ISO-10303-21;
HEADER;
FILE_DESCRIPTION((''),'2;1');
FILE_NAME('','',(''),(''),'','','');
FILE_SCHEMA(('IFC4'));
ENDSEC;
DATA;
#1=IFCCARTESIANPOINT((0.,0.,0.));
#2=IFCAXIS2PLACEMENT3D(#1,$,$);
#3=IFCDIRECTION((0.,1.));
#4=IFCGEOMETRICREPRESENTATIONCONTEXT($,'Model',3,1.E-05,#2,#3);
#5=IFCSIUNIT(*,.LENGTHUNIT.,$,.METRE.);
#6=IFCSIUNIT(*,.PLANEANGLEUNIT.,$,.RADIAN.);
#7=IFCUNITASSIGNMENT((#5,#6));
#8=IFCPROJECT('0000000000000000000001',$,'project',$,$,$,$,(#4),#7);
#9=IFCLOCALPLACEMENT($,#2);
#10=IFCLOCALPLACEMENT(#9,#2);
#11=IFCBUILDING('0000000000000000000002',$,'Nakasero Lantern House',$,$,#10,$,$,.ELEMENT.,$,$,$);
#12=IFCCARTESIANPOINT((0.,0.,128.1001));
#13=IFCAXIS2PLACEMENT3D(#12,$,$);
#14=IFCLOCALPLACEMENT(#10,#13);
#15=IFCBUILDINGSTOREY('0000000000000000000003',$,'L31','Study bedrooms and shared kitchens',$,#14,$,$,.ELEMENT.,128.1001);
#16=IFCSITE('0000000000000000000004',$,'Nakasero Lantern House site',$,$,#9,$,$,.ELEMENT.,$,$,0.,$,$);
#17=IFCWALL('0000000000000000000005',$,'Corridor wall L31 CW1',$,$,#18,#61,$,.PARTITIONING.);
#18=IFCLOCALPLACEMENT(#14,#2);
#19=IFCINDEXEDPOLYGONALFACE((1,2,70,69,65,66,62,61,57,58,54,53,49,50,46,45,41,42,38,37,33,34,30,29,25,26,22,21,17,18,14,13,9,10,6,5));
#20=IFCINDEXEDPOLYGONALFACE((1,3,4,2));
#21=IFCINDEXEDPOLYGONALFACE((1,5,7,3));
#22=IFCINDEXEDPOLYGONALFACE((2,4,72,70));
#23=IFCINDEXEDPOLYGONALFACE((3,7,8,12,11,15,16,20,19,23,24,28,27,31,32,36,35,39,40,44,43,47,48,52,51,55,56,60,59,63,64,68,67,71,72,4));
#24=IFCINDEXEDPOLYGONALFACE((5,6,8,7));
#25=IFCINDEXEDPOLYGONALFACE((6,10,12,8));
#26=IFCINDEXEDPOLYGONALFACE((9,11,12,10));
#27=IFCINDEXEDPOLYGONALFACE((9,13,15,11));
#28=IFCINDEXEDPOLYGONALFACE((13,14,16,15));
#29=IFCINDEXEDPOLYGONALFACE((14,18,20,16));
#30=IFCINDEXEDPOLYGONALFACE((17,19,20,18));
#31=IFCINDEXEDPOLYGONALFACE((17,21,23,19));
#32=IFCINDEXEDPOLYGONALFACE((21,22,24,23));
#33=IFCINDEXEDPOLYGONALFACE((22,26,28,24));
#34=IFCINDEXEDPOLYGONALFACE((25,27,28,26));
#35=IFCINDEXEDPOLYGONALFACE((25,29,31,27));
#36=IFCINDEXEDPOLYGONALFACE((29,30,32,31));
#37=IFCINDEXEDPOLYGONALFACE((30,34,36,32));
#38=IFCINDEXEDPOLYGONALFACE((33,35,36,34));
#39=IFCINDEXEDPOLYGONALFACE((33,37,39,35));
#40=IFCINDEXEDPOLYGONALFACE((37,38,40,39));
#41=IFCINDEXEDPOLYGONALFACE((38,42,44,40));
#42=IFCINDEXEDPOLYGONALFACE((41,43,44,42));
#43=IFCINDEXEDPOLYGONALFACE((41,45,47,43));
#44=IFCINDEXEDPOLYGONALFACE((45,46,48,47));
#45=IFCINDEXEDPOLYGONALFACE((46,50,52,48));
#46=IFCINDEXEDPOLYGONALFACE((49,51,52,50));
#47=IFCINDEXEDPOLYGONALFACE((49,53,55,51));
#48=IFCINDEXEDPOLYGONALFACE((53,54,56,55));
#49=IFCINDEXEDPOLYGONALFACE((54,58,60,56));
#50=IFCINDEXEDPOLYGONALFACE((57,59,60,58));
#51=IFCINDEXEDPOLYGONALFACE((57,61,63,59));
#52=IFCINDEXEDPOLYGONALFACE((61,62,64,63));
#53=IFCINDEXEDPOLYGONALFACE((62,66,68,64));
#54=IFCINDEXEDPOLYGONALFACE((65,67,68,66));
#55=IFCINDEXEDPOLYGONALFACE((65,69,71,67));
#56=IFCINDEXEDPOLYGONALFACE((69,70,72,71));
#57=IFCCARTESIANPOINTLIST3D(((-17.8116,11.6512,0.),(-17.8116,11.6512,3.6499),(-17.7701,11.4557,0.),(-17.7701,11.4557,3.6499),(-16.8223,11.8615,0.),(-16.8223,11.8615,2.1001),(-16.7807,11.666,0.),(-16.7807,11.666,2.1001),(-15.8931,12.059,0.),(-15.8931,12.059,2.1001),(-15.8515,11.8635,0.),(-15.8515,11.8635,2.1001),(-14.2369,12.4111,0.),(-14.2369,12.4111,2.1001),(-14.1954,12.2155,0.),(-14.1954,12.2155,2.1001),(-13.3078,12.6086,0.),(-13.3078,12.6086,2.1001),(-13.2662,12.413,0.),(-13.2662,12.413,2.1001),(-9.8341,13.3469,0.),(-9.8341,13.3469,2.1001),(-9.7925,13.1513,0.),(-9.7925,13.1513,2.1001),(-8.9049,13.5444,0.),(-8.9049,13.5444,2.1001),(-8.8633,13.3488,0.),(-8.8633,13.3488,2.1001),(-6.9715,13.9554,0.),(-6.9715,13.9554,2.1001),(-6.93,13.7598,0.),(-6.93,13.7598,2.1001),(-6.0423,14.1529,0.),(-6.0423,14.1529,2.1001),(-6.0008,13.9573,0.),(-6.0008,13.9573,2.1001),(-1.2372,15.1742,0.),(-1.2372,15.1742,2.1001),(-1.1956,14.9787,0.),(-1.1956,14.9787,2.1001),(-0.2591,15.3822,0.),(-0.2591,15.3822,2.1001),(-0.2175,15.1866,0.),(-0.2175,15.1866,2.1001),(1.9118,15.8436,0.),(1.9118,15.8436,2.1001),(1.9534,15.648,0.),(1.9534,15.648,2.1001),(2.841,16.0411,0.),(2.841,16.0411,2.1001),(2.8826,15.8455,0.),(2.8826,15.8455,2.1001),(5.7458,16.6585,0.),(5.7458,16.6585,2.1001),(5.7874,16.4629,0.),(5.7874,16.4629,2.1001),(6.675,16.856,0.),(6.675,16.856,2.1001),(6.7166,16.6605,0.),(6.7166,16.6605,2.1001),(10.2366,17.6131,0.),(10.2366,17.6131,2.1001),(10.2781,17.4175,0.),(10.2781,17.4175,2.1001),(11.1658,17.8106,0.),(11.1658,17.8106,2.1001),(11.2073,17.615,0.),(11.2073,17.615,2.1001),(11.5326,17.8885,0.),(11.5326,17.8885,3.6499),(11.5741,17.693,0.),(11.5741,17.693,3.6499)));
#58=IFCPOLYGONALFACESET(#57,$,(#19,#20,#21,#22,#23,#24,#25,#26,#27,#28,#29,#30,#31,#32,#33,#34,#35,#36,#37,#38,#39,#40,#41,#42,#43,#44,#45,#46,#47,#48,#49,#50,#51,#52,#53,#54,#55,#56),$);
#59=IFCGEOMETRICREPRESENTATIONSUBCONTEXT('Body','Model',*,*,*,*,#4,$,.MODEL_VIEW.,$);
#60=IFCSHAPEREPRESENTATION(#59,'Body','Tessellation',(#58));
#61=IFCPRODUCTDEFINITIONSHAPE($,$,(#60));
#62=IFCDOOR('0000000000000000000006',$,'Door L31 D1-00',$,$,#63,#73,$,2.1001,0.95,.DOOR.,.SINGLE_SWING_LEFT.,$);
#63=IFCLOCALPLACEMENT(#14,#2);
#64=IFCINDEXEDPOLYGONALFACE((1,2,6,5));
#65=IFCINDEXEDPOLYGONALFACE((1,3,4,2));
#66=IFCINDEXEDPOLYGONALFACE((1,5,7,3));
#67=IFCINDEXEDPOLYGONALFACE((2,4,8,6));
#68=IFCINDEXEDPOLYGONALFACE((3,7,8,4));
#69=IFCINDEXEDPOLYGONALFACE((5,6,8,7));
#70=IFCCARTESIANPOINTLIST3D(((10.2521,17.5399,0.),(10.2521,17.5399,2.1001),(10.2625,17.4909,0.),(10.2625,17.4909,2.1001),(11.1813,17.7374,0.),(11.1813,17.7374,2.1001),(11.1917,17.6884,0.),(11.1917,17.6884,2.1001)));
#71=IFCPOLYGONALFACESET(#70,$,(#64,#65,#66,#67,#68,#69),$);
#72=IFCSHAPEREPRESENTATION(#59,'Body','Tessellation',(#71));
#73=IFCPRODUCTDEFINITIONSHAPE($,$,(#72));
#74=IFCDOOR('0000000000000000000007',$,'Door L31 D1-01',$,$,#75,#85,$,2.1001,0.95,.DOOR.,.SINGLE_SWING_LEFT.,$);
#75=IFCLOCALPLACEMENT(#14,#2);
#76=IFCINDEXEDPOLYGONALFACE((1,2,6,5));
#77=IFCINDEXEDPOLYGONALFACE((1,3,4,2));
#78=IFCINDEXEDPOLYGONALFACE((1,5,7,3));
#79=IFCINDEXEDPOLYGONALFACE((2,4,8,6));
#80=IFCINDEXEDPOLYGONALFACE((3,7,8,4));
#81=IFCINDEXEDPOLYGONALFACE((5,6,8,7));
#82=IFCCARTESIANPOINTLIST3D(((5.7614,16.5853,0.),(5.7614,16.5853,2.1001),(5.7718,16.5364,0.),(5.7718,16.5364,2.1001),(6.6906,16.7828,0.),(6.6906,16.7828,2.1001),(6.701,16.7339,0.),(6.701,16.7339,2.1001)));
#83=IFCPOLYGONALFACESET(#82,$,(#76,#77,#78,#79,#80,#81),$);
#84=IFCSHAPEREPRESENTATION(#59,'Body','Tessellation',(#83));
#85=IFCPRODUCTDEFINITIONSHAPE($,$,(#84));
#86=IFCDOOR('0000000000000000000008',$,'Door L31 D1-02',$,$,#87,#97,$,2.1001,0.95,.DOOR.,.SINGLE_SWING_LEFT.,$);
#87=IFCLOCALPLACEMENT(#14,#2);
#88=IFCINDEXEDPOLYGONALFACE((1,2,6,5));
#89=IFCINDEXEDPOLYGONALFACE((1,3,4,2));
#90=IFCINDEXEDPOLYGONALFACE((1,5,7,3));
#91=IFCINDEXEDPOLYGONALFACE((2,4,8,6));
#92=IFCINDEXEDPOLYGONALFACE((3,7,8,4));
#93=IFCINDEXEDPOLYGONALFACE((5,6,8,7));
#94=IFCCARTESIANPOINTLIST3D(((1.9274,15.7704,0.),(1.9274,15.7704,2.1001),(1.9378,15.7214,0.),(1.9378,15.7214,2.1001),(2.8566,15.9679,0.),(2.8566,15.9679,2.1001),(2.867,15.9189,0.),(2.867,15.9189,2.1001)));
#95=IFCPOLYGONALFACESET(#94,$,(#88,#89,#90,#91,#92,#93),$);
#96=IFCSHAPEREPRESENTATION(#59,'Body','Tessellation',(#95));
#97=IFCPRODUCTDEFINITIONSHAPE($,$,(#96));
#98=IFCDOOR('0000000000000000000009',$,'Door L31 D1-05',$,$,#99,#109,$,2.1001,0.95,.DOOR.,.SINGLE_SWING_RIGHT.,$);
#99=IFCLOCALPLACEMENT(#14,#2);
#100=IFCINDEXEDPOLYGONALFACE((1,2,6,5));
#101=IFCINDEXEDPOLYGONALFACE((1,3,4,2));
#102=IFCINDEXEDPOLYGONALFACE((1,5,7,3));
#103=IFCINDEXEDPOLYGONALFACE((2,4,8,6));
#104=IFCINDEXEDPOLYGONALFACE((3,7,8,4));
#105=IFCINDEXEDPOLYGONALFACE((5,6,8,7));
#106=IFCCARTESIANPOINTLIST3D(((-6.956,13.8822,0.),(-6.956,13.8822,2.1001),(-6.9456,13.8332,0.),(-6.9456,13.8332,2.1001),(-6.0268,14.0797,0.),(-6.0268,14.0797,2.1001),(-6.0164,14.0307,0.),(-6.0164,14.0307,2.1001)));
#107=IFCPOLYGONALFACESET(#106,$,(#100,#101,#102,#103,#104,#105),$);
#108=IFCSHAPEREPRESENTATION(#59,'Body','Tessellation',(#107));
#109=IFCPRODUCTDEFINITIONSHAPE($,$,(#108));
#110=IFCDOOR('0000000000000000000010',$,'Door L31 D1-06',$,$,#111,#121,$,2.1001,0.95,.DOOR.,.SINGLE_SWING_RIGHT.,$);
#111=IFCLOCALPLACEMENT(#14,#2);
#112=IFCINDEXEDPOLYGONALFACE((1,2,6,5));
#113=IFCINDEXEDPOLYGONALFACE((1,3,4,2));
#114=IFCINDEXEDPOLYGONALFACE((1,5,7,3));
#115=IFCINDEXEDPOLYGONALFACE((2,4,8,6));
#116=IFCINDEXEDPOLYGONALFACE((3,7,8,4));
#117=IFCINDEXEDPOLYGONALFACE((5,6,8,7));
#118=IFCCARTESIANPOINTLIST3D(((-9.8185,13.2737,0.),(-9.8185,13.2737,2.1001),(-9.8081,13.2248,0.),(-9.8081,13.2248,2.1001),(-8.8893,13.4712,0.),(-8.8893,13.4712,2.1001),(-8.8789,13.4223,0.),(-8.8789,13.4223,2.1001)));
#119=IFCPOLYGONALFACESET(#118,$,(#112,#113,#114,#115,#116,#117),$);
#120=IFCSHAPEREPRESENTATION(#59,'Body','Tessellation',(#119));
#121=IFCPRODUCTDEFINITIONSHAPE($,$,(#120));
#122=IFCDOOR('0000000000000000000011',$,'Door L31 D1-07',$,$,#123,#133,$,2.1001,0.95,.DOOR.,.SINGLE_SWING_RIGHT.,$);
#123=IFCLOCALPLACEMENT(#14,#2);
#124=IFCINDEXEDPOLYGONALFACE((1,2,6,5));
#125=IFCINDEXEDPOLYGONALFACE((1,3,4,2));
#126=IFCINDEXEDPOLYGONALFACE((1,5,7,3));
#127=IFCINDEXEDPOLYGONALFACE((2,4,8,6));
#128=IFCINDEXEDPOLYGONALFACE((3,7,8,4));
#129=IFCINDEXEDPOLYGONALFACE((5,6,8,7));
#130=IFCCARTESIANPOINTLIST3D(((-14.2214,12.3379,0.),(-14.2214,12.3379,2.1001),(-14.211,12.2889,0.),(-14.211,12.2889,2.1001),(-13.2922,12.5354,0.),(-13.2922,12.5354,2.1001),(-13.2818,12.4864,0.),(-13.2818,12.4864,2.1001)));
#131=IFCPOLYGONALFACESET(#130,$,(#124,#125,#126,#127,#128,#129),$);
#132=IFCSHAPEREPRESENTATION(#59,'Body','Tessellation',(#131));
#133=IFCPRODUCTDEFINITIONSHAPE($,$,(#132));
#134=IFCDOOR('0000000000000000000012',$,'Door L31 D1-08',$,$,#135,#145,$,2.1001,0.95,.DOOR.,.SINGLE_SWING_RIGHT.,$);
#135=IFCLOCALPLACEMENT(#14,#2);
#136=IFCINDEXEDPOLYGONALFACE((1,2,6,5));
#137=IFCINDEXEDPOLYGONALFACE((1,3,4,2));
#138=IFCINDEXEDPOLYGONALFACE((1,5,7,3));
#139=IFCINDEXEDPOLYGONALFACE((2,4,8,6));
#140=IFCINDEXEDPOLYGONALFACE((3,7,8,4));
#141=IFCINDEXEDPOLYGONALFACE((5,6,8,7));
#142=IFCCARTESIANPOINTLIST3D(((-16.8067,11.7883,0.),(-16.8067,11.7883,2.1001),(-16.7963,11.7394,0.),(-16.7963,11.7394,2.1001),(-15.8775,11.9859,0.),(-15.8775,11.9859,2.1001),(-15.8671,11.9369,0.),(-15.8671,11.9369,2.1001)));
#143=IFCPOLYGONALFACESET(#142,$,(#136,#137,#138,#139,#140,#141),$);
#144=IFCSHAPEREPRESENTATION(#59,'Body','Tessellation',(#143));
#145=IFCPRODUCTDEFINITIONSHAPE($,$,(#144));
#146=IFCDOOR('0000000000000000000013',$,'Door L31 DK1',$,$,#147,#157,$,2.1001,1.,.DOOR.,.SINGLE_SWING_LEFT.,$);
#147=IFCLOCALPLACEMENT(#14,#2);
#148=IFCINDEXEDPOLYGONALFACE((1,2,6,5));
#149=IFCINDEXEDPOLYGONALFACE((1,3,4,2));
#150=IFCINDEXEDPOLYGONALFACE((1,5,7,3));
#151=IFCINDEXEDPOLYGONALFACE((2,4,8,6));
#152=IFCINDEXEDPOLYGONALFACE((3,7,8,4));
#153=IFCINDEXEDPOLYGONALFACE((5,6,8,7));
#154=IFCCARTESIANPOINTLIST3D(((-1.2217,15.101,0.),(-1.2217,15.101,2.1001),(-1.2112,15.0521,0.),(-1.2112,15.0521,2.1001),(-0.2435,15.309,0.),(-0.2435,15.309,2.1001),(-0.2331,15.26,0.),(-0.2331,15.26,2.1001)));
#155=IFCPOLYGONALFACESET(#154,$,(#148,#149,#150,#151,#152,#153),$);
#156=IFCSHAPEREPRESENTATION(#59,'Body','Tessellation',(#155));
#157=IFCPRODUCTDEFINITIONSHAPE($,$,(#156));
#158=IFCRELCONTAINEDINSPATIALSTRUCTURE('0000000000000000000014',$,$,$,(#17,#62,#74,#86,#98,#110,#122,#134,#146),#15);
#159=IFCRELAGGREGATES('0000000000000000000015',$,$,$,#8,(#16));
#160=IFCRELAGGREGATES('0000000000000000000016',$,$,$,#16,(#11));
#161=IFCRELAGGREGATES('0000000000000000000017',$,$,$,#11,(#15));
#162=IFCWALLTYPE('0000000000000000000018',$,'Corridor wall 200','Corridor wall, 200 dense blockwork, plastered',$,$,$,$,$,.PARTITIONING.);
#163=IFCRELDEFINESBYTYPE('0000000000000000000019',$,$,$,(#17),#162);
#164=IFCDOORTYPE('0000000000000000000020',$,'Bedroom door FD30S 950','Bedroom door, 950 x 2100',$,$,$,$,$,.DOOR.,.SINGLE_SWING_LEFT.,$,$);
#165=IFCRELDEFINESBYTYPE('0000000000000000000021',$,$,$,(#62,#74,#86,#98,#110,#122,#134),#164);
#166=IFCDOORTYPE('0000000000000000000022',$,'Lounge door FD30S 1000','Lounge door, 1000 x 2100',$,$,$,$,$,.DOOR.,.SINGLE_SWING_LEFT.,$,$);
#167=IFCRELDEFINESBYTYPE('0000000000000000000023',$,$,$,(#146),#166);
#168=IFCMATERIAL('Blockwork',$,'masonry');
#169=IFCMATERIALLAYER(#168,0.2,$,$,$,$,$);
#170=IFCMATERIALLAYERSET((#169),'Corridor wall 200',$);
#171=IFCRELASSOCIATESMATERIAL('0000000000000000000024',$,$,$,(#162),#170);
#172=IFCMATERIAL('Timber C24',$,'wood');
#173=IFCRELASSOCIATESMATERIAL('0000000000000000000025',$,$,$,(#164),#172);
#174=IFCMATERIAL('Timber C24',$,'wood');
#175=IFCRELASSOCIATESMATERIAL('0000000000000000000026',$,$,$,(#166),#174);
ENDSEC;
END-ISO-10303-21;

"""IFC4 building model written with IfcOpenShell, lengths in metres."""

from ifc_helpers import new_model, si_unit, direction, frame, frame_2d, origin, place, context, subcontext, project, spatial, rectangle, extrude, material, layer, layer_set, type_object, element, fill, save


model = new_model("IFC4")

# Units and contexts
model_context = context("Model", 3, precision=1e-05, world=origin(), true_north=direction((0.0, 1.0)))
body_context = subcontext(model_context, "Body", "Model", "MODEL_VIEW")
ifc_project = project(units=[si_unit("LENGTHUNIT", "METRE"), si_unit("PLANEANGLEUNIT", "RADIAN")], contexts=[model_context])

# Site, building, storey
site_placement = place(None, origin())
site = spatial("IfcSite", under=ifc_project, at=site_placement, Name="Nakasero Lantern House site", CompositionType="ELEMENT", RefElevation=0.0)
building_placement = place(site_placement, origin())
building = spatial("IfcBuilding", under=site, at=building_placement, Name="Nakasero Lantern House", CompositionType="ELEMENT")
storey_placement = place(building_placement, frame((0.0, 0.0, 128.1001)))
storey = spatial("IfcBuildingStorey", under=building, at=storey_placement, Name="L31", Description="Study bedrooms and shared kitchens", CompositionType="ELEMENT", Elevation=128.1001)

# Wall, openings, doors
ifc_material_1 = material(Name="Blockwork", Category="masonry")
ifc_layer_1 = layer(ifc_material_1, 0.2)
ifc_layer_set_1 = layer_set([ifc_layer_1], Name="Corridor wall 200")
wall_type_1 = type_object("IfcWallType", Name="Corridor wall 200", Description="Corridor wall, 200 dense blockwork, plastered", PredefinedType="PARTITIONING", material=ifc_layer_set_1)
wall_1_placement = place(storey_placement, frame((11.5535, 17.7908, 0.0), z_axis=(0.0, 0.0, 1.0), x_axis=(-0.978148, -0.207912, 0.0)))
wall_1 = element("IfcWall", 1, at=wall_1_placement, inside=storey, type_object=wall_type_1, Name="Corridor wall L31 CW1", PredefinedType="PARTITIONING", context=body_context, shape_type="SweptSolid", body=[
    extrude(rectangle(XDim=29.9998, YDim=0.2, at=frame_2d((15.0, 0.0))), origin(), (0.0, 0.0, 1.0), 3.6499),
])
opening_1_placement = place(wall_1_placement, frame((0.375, 0.0, 0.0)))
opening_1 = element("IfcOpeningElement", 2, at=opening_1_placement, cuts=wall_1, PredefinedType="OPENING", context=body_context, shape_type="SweptSolid", body=[
    extrude(rectangle(XDim=0.95, YDim=2.1001, at=frame_2d((0.4751, 1.05))), frame((0.0, 0.1199, 0.0), z_axis=(0.0, -1.0, 0.0), x_axis=(1.0, 0.0, 0.0)), (0.0, 0.0, 1.0), 0.24),
])
opening_2_placement = place(wall_1_placement, frame((4.9661, 0.0, 0.0)))
opening_2 = element("IfcOpeningElement", 3, at=opening_2_placement, cuts=wall_1, PredefinedType="OPENING", context=body_context, shape_type="SweptSolid", body=[
    extrude(rectangle(XDim=0.95, YDim=2.1001, at=frame_2d((0.4751, 1.05))), frame((0.0, 0.1199, 0.0), z_axis=(0.0, -1.0, 0.0), x_axis=(1.0, 0.0, 0.0)), (0.0, 0.0, 1.0), 0.24),
])
opening_3_placement = place(wall_1_placement, frame((8.8857, 0.0, 0.0)))
opening_3 = element("IfcOpeningElement", 4, at=opening_3_placement, cuts=wall_1, PredefinedType="OPENING", context=body_context, shape_type="SweptSolid", body=[
    extrude(rectangle(XDim=0.95, YDim=2.1001, at=frame_2d((0.4751, 1.05))), frame((0.0, 0.1199, 0.0), z_axis=(0.0, -1.0, 0.0), x_axis=(1.0, 0.0, 0.0)), (0.0, 0.0, 1.0), 0.24),
])
opening_4_placement = place(wall_1_placement, frame((17.9675, 0.0, 0.0)))
opening_4 = element("IfcOpeningElement", 5, at=opening_4_placement, cuts=wall_1, PredefinedType="OPENING", context=body_context, shape_type="SweptSolid", body=[
    extrude(rectangle(XDim=0.95, YDim=2.1001, at=frame_2d((0.4751, 1.05))), frame((0.0, 0.1199, 0.0), z_axis=(0.0, -1.0, 0.0), x_axis=(1.0, 0.0, 0.0)), (0.0, 0.0, 1.0), 0.24),
])
opening_5_placement = place(wall_1_placement, frame((20.894, 0.0, 0.0)))
opening_5 = element("IfcOpeningElement", 6, at=opening_5_placement, cuts=wall_1, PredefinedType="OPENING", context=body_context, shape_type="SweptSolid", body=[
    extrude(rectangle(XDim=0.95, YDim=2.1001, at=frame_2d((0.4751, 1.05))), frame((0.0, 0.1199, 0.0), z_axis=(0.0, -1.0, 0.0), x_axis=(1.0, 0.0, 0.0)), (0.0, 0.0, 1.0), 0.24),
])
opening_6_placement = place(wall_1_placement, frame((25.3953, 0.0, 0.0)))
opening_6 = element("IfcOpeningElement", 7, at=opening_6_placement, cuts=wall_1, PredefinedType="OPENING", context=body_context, shape_type="SweptSolid", body=[
    extrude(rectangle(XDim=0.95, YDim=2.1001, at=frame_2d((0.4751, 1.05))), frame((0.0, 0.1199, 0.0), z_axis=(0.0, -1.0, 0.0), x_axis=(1.0, 0.0, 0.0)), (0.0, 0.0, 1.0), 0.24),
])
opening_7_placement = place(wall_1_placement, frame((28.0383, 0.0, 0.0)))
opening_7 = element("IfcOpeningElement", 8, at=opening_7_placement, cuts=wall_1, PredefinedType="OPENING", context=body_context, shape_type="SweptSolid", body=[
    extrude(rectangle(XDim=0.95, YDim=2.1001, at=frame_2d((0.4751, 1.05))), frame((0.0, 0.1199, 0.0), z_axis=(0.0, -1.0, 0.0), x_axis=(1.0, 0.0, 0.0)), (0.0, 0.0, 1.0), 0.24),
])
opening_8_placement = place(wall_1_placement, frame((12.0552, 0.0, 0.0)))
opening_8 = element("IfcOpeningElement", 9, at=opening_8_placement, cuts=wall_1, PredefinedType="OPENING", context=body_context, shape_type="SweptSolid", body=[
    extrude(rectangle(XDim=1.0, YDim=2.1001, at=frame_2d((0.5, 1.05))), frame((0.0, 0.1199, 0.0), z_axis=(0.0, -1.0, 0.0), x_axis=(1.0, 0.0, 0.0)), (0.0, 0.0, 1.0), 0.24),
])
ifc_material_2 = material(Name="Timber C24", Category="wood")
door_type_1 = type_object("IfcDoorType", Name="Bedroom door FD30S 950", Description="Bedroom door, 950 x 2100", OperationType="SINGLE_SWING_LEFT", PredefinedType="DOOR", material=ifc_material_2)
door_1_placement = place(opening_1_placement, origin())
door_1 = element("IfcDoor", 10, at=door_1_placement, inside=storey, type_object=door_type_1, Name="Door L31 D1-00", OperationType="SINGLE_SWING_LEFT", OverallHeight=2.1001, OverallWidth=0.95, PredefinedType="DOOR", context=body_context, shape_type="SweptSolid", body=[
    extrude(rectangle(XDim=0.95, YDim=2.1001, at=frame_2d((0.4751, 1.05))), frame((0.0, 0.0249, 0.0), z_axis=(0.0, -1.0, 0.0), x_axis=(1.0, 0.0, 0.0)), (0.0, 0.0, 1.0), 0.05),
])
fill(opening_1, door_1)
door_2_placement = place(opening_2_placement, origin())
door_2 = element("IfcDoor", 11, at=door_2_placement, inside=storey, type_object=door_type_1, Name="Door L31 D1-01", OperationType="SINGLE_SWING_LEFT", OverallHeight=2.1001, OverallWidth=0.95, PredefinedType="DOOR", context=body_context, shape_type="SweptSolid", body=[
    extrude(rectangle(XDim=0.95, YDim=2.1001, at=frame_2d((0.4751, 1.05))), frame((0.0, 0.0249, 0.0), z_axis=(0.0, -1.0, 0.0), x_axis=(1.0, 0.0, 0.0)), (0.0, 0.0, 1.0), 0.05),
])
fill(opening_2, door_2)
door_3_placement = place(opening_3_placement, origin())
door_3 = element("IfcDoor", 12, at=door_3_placement, inside=storey, type_object=door_type_1, Name="Door L31 D1-02", OperationType="SINGLE_SWING_LEFT", OverallHeight=2.1001, OverallWidth=0.95, PredefinedType="DOOR", context=body_context, shape_type="SweptSolid", body=[
    extrude(rectangle(XDim=0.95, YDim=2.1001, at=frame_2d((0.4751, 1.05))), frame((0.0, 0.0249, 0.0), z_axis=(0.0, -1.0, 0.0), x_axis=(1.0, 0.0, 0.0)), (0.0, 0.0, 1.0), 0.05),
])
fill(opening_3, door_3)
door_4_placement = place(opening_4_placement, origin())
door_4 = element("IfcDoor", 13, at=door_4_placement, inside=storey, type_object=door_type_1, Name="Door L31 D1-05", OperationType="SINGLE_SWING_RIGHT", OverallHeight=2.1001, OverallWidth=0.95, PredefinedType="DOOR", context=body_context, shape_type="SweptSolid", body=[
    extrude(rectangle(XDim=0.95, YDim=2.1001, at=frame_2d((0.4751, 1.05))), frame((0.0, 0.0249, 0.0), z_axis=(0.0, -1.0, 0.0), x_axis=(1.0, 0.0, 0.0)), (0.0, 0.0, 1.0), 0.05),
])
fill(opening_4, door_4)
door_5_placement = place(opening_5_placement, origin())
door_5 = element("IfcDoor", 14, at=door_5_placement, inside=storey, type_object=door_type_1, Name="Door L31 D1-06", OperationType="SINGLE_SWING_RIGHT", OverallHeight=2.1001, OverallWidth=0.95, PredefinedType="DOOR", context=body_context, shape_type="SweptSolid", body=[
    extrude(rectangle(XDim=0.95, YDim=2.1001, at=frame_2d((0.4751, 1.05))), frame((0.0, 0.0249, 0.0), z_axis=(0.0, -1.0, 0.0), x_axis=(1.0, 0.0, 0.0)), (0.0, 0.0, 1.0), 0.05),
])
fill(opening_5, door_5)
door_6_placement = place(opening_6_placement, origin())
door_6 = element("IfcDoor", 15, at=door_6_placement, inside=storey, type_object=door_type_1, Name="Door L31 D1-07", OperationType="SINGLE_SWING_RIGHT", OverallHeight=2.1001, OverallWidth=0.95, PredefinedType="DOOR", context=body_context, shape_type="SweptSolid", body=[
    extrude(rectangle(XDim=0.95, YDim=2.1001, at=frame_2d((0.4751, 1.05))), frame((0.0, 0.0249, 0.0), z_axis=(0.0, -1.0, 0.0), x_axis=(1.0, 0.0, 0.0)), (0.0, 0.0, 1.0), 0.05),
])
fill(opening_6, door_6)
door_7_placement = place(opening_7_placement, origin())
door_7 = element("IfcDoor", 16, at=door_7_placement, inside=storey, type_object=door_type_1, Name="Door L31 D1-08", OperationType="SINGLE_SWING_RIGHT", OverallHeight=2.1001, OverallWidth=0.95, PredefinedType="DOOR", context=body_context, shape_type="SweptSolid", body=[
    extrude(rectangle(XDim=0.95, YDim=2.1001, at=frame_2d((0.4751, 1.05))), frame((0.0, 0.0249, 0.0), z_axis=(0.0, -1.0, 0.0), x_axis=(1.0, 0.0, 0.0)), (0.0, 0.0, 1.0), 0.05),
])
fill(opening_7, door_7)
ifc_material_3 = material(Name="Timber C24", Category="wood")
door_type_2 = type_object("IfcDoorType", Name="Lounge door FD30S 1000", Description="Lounge door, 1000 x 2100", OperationType="SINGLE_SWING_LEFT", PredefinedType="DOOR", material=ifc_material_3)
door_8_placement = place(opening_8_placement, origin())
door_8 = element("IfcDoor", 17, at=door_8_placement, inside=storey, type_object=door_type_2, Name="Door L31 DK1", OperationType="SINGLE_SWING_LEFT", OverallHeight=2.1001, OverallWidth=1.0, PredefinedType="DOOR", context=body_context, shape_type="SweptSolid", body=[
    extrude(rectangle(XDim=1.0, YDim=2.1001, at=frame_2d((0.5, 1.05))), frame((0.0, 0.0249, 0.0), z_axis=(0.0, -1.0, 0.0), x_axis=(1.0, 0.0, 0.0)), (0.0, 0.0, 1.0), 0.05),
])
fill(opening_8, door_8)

save(model, "model.ifc")
